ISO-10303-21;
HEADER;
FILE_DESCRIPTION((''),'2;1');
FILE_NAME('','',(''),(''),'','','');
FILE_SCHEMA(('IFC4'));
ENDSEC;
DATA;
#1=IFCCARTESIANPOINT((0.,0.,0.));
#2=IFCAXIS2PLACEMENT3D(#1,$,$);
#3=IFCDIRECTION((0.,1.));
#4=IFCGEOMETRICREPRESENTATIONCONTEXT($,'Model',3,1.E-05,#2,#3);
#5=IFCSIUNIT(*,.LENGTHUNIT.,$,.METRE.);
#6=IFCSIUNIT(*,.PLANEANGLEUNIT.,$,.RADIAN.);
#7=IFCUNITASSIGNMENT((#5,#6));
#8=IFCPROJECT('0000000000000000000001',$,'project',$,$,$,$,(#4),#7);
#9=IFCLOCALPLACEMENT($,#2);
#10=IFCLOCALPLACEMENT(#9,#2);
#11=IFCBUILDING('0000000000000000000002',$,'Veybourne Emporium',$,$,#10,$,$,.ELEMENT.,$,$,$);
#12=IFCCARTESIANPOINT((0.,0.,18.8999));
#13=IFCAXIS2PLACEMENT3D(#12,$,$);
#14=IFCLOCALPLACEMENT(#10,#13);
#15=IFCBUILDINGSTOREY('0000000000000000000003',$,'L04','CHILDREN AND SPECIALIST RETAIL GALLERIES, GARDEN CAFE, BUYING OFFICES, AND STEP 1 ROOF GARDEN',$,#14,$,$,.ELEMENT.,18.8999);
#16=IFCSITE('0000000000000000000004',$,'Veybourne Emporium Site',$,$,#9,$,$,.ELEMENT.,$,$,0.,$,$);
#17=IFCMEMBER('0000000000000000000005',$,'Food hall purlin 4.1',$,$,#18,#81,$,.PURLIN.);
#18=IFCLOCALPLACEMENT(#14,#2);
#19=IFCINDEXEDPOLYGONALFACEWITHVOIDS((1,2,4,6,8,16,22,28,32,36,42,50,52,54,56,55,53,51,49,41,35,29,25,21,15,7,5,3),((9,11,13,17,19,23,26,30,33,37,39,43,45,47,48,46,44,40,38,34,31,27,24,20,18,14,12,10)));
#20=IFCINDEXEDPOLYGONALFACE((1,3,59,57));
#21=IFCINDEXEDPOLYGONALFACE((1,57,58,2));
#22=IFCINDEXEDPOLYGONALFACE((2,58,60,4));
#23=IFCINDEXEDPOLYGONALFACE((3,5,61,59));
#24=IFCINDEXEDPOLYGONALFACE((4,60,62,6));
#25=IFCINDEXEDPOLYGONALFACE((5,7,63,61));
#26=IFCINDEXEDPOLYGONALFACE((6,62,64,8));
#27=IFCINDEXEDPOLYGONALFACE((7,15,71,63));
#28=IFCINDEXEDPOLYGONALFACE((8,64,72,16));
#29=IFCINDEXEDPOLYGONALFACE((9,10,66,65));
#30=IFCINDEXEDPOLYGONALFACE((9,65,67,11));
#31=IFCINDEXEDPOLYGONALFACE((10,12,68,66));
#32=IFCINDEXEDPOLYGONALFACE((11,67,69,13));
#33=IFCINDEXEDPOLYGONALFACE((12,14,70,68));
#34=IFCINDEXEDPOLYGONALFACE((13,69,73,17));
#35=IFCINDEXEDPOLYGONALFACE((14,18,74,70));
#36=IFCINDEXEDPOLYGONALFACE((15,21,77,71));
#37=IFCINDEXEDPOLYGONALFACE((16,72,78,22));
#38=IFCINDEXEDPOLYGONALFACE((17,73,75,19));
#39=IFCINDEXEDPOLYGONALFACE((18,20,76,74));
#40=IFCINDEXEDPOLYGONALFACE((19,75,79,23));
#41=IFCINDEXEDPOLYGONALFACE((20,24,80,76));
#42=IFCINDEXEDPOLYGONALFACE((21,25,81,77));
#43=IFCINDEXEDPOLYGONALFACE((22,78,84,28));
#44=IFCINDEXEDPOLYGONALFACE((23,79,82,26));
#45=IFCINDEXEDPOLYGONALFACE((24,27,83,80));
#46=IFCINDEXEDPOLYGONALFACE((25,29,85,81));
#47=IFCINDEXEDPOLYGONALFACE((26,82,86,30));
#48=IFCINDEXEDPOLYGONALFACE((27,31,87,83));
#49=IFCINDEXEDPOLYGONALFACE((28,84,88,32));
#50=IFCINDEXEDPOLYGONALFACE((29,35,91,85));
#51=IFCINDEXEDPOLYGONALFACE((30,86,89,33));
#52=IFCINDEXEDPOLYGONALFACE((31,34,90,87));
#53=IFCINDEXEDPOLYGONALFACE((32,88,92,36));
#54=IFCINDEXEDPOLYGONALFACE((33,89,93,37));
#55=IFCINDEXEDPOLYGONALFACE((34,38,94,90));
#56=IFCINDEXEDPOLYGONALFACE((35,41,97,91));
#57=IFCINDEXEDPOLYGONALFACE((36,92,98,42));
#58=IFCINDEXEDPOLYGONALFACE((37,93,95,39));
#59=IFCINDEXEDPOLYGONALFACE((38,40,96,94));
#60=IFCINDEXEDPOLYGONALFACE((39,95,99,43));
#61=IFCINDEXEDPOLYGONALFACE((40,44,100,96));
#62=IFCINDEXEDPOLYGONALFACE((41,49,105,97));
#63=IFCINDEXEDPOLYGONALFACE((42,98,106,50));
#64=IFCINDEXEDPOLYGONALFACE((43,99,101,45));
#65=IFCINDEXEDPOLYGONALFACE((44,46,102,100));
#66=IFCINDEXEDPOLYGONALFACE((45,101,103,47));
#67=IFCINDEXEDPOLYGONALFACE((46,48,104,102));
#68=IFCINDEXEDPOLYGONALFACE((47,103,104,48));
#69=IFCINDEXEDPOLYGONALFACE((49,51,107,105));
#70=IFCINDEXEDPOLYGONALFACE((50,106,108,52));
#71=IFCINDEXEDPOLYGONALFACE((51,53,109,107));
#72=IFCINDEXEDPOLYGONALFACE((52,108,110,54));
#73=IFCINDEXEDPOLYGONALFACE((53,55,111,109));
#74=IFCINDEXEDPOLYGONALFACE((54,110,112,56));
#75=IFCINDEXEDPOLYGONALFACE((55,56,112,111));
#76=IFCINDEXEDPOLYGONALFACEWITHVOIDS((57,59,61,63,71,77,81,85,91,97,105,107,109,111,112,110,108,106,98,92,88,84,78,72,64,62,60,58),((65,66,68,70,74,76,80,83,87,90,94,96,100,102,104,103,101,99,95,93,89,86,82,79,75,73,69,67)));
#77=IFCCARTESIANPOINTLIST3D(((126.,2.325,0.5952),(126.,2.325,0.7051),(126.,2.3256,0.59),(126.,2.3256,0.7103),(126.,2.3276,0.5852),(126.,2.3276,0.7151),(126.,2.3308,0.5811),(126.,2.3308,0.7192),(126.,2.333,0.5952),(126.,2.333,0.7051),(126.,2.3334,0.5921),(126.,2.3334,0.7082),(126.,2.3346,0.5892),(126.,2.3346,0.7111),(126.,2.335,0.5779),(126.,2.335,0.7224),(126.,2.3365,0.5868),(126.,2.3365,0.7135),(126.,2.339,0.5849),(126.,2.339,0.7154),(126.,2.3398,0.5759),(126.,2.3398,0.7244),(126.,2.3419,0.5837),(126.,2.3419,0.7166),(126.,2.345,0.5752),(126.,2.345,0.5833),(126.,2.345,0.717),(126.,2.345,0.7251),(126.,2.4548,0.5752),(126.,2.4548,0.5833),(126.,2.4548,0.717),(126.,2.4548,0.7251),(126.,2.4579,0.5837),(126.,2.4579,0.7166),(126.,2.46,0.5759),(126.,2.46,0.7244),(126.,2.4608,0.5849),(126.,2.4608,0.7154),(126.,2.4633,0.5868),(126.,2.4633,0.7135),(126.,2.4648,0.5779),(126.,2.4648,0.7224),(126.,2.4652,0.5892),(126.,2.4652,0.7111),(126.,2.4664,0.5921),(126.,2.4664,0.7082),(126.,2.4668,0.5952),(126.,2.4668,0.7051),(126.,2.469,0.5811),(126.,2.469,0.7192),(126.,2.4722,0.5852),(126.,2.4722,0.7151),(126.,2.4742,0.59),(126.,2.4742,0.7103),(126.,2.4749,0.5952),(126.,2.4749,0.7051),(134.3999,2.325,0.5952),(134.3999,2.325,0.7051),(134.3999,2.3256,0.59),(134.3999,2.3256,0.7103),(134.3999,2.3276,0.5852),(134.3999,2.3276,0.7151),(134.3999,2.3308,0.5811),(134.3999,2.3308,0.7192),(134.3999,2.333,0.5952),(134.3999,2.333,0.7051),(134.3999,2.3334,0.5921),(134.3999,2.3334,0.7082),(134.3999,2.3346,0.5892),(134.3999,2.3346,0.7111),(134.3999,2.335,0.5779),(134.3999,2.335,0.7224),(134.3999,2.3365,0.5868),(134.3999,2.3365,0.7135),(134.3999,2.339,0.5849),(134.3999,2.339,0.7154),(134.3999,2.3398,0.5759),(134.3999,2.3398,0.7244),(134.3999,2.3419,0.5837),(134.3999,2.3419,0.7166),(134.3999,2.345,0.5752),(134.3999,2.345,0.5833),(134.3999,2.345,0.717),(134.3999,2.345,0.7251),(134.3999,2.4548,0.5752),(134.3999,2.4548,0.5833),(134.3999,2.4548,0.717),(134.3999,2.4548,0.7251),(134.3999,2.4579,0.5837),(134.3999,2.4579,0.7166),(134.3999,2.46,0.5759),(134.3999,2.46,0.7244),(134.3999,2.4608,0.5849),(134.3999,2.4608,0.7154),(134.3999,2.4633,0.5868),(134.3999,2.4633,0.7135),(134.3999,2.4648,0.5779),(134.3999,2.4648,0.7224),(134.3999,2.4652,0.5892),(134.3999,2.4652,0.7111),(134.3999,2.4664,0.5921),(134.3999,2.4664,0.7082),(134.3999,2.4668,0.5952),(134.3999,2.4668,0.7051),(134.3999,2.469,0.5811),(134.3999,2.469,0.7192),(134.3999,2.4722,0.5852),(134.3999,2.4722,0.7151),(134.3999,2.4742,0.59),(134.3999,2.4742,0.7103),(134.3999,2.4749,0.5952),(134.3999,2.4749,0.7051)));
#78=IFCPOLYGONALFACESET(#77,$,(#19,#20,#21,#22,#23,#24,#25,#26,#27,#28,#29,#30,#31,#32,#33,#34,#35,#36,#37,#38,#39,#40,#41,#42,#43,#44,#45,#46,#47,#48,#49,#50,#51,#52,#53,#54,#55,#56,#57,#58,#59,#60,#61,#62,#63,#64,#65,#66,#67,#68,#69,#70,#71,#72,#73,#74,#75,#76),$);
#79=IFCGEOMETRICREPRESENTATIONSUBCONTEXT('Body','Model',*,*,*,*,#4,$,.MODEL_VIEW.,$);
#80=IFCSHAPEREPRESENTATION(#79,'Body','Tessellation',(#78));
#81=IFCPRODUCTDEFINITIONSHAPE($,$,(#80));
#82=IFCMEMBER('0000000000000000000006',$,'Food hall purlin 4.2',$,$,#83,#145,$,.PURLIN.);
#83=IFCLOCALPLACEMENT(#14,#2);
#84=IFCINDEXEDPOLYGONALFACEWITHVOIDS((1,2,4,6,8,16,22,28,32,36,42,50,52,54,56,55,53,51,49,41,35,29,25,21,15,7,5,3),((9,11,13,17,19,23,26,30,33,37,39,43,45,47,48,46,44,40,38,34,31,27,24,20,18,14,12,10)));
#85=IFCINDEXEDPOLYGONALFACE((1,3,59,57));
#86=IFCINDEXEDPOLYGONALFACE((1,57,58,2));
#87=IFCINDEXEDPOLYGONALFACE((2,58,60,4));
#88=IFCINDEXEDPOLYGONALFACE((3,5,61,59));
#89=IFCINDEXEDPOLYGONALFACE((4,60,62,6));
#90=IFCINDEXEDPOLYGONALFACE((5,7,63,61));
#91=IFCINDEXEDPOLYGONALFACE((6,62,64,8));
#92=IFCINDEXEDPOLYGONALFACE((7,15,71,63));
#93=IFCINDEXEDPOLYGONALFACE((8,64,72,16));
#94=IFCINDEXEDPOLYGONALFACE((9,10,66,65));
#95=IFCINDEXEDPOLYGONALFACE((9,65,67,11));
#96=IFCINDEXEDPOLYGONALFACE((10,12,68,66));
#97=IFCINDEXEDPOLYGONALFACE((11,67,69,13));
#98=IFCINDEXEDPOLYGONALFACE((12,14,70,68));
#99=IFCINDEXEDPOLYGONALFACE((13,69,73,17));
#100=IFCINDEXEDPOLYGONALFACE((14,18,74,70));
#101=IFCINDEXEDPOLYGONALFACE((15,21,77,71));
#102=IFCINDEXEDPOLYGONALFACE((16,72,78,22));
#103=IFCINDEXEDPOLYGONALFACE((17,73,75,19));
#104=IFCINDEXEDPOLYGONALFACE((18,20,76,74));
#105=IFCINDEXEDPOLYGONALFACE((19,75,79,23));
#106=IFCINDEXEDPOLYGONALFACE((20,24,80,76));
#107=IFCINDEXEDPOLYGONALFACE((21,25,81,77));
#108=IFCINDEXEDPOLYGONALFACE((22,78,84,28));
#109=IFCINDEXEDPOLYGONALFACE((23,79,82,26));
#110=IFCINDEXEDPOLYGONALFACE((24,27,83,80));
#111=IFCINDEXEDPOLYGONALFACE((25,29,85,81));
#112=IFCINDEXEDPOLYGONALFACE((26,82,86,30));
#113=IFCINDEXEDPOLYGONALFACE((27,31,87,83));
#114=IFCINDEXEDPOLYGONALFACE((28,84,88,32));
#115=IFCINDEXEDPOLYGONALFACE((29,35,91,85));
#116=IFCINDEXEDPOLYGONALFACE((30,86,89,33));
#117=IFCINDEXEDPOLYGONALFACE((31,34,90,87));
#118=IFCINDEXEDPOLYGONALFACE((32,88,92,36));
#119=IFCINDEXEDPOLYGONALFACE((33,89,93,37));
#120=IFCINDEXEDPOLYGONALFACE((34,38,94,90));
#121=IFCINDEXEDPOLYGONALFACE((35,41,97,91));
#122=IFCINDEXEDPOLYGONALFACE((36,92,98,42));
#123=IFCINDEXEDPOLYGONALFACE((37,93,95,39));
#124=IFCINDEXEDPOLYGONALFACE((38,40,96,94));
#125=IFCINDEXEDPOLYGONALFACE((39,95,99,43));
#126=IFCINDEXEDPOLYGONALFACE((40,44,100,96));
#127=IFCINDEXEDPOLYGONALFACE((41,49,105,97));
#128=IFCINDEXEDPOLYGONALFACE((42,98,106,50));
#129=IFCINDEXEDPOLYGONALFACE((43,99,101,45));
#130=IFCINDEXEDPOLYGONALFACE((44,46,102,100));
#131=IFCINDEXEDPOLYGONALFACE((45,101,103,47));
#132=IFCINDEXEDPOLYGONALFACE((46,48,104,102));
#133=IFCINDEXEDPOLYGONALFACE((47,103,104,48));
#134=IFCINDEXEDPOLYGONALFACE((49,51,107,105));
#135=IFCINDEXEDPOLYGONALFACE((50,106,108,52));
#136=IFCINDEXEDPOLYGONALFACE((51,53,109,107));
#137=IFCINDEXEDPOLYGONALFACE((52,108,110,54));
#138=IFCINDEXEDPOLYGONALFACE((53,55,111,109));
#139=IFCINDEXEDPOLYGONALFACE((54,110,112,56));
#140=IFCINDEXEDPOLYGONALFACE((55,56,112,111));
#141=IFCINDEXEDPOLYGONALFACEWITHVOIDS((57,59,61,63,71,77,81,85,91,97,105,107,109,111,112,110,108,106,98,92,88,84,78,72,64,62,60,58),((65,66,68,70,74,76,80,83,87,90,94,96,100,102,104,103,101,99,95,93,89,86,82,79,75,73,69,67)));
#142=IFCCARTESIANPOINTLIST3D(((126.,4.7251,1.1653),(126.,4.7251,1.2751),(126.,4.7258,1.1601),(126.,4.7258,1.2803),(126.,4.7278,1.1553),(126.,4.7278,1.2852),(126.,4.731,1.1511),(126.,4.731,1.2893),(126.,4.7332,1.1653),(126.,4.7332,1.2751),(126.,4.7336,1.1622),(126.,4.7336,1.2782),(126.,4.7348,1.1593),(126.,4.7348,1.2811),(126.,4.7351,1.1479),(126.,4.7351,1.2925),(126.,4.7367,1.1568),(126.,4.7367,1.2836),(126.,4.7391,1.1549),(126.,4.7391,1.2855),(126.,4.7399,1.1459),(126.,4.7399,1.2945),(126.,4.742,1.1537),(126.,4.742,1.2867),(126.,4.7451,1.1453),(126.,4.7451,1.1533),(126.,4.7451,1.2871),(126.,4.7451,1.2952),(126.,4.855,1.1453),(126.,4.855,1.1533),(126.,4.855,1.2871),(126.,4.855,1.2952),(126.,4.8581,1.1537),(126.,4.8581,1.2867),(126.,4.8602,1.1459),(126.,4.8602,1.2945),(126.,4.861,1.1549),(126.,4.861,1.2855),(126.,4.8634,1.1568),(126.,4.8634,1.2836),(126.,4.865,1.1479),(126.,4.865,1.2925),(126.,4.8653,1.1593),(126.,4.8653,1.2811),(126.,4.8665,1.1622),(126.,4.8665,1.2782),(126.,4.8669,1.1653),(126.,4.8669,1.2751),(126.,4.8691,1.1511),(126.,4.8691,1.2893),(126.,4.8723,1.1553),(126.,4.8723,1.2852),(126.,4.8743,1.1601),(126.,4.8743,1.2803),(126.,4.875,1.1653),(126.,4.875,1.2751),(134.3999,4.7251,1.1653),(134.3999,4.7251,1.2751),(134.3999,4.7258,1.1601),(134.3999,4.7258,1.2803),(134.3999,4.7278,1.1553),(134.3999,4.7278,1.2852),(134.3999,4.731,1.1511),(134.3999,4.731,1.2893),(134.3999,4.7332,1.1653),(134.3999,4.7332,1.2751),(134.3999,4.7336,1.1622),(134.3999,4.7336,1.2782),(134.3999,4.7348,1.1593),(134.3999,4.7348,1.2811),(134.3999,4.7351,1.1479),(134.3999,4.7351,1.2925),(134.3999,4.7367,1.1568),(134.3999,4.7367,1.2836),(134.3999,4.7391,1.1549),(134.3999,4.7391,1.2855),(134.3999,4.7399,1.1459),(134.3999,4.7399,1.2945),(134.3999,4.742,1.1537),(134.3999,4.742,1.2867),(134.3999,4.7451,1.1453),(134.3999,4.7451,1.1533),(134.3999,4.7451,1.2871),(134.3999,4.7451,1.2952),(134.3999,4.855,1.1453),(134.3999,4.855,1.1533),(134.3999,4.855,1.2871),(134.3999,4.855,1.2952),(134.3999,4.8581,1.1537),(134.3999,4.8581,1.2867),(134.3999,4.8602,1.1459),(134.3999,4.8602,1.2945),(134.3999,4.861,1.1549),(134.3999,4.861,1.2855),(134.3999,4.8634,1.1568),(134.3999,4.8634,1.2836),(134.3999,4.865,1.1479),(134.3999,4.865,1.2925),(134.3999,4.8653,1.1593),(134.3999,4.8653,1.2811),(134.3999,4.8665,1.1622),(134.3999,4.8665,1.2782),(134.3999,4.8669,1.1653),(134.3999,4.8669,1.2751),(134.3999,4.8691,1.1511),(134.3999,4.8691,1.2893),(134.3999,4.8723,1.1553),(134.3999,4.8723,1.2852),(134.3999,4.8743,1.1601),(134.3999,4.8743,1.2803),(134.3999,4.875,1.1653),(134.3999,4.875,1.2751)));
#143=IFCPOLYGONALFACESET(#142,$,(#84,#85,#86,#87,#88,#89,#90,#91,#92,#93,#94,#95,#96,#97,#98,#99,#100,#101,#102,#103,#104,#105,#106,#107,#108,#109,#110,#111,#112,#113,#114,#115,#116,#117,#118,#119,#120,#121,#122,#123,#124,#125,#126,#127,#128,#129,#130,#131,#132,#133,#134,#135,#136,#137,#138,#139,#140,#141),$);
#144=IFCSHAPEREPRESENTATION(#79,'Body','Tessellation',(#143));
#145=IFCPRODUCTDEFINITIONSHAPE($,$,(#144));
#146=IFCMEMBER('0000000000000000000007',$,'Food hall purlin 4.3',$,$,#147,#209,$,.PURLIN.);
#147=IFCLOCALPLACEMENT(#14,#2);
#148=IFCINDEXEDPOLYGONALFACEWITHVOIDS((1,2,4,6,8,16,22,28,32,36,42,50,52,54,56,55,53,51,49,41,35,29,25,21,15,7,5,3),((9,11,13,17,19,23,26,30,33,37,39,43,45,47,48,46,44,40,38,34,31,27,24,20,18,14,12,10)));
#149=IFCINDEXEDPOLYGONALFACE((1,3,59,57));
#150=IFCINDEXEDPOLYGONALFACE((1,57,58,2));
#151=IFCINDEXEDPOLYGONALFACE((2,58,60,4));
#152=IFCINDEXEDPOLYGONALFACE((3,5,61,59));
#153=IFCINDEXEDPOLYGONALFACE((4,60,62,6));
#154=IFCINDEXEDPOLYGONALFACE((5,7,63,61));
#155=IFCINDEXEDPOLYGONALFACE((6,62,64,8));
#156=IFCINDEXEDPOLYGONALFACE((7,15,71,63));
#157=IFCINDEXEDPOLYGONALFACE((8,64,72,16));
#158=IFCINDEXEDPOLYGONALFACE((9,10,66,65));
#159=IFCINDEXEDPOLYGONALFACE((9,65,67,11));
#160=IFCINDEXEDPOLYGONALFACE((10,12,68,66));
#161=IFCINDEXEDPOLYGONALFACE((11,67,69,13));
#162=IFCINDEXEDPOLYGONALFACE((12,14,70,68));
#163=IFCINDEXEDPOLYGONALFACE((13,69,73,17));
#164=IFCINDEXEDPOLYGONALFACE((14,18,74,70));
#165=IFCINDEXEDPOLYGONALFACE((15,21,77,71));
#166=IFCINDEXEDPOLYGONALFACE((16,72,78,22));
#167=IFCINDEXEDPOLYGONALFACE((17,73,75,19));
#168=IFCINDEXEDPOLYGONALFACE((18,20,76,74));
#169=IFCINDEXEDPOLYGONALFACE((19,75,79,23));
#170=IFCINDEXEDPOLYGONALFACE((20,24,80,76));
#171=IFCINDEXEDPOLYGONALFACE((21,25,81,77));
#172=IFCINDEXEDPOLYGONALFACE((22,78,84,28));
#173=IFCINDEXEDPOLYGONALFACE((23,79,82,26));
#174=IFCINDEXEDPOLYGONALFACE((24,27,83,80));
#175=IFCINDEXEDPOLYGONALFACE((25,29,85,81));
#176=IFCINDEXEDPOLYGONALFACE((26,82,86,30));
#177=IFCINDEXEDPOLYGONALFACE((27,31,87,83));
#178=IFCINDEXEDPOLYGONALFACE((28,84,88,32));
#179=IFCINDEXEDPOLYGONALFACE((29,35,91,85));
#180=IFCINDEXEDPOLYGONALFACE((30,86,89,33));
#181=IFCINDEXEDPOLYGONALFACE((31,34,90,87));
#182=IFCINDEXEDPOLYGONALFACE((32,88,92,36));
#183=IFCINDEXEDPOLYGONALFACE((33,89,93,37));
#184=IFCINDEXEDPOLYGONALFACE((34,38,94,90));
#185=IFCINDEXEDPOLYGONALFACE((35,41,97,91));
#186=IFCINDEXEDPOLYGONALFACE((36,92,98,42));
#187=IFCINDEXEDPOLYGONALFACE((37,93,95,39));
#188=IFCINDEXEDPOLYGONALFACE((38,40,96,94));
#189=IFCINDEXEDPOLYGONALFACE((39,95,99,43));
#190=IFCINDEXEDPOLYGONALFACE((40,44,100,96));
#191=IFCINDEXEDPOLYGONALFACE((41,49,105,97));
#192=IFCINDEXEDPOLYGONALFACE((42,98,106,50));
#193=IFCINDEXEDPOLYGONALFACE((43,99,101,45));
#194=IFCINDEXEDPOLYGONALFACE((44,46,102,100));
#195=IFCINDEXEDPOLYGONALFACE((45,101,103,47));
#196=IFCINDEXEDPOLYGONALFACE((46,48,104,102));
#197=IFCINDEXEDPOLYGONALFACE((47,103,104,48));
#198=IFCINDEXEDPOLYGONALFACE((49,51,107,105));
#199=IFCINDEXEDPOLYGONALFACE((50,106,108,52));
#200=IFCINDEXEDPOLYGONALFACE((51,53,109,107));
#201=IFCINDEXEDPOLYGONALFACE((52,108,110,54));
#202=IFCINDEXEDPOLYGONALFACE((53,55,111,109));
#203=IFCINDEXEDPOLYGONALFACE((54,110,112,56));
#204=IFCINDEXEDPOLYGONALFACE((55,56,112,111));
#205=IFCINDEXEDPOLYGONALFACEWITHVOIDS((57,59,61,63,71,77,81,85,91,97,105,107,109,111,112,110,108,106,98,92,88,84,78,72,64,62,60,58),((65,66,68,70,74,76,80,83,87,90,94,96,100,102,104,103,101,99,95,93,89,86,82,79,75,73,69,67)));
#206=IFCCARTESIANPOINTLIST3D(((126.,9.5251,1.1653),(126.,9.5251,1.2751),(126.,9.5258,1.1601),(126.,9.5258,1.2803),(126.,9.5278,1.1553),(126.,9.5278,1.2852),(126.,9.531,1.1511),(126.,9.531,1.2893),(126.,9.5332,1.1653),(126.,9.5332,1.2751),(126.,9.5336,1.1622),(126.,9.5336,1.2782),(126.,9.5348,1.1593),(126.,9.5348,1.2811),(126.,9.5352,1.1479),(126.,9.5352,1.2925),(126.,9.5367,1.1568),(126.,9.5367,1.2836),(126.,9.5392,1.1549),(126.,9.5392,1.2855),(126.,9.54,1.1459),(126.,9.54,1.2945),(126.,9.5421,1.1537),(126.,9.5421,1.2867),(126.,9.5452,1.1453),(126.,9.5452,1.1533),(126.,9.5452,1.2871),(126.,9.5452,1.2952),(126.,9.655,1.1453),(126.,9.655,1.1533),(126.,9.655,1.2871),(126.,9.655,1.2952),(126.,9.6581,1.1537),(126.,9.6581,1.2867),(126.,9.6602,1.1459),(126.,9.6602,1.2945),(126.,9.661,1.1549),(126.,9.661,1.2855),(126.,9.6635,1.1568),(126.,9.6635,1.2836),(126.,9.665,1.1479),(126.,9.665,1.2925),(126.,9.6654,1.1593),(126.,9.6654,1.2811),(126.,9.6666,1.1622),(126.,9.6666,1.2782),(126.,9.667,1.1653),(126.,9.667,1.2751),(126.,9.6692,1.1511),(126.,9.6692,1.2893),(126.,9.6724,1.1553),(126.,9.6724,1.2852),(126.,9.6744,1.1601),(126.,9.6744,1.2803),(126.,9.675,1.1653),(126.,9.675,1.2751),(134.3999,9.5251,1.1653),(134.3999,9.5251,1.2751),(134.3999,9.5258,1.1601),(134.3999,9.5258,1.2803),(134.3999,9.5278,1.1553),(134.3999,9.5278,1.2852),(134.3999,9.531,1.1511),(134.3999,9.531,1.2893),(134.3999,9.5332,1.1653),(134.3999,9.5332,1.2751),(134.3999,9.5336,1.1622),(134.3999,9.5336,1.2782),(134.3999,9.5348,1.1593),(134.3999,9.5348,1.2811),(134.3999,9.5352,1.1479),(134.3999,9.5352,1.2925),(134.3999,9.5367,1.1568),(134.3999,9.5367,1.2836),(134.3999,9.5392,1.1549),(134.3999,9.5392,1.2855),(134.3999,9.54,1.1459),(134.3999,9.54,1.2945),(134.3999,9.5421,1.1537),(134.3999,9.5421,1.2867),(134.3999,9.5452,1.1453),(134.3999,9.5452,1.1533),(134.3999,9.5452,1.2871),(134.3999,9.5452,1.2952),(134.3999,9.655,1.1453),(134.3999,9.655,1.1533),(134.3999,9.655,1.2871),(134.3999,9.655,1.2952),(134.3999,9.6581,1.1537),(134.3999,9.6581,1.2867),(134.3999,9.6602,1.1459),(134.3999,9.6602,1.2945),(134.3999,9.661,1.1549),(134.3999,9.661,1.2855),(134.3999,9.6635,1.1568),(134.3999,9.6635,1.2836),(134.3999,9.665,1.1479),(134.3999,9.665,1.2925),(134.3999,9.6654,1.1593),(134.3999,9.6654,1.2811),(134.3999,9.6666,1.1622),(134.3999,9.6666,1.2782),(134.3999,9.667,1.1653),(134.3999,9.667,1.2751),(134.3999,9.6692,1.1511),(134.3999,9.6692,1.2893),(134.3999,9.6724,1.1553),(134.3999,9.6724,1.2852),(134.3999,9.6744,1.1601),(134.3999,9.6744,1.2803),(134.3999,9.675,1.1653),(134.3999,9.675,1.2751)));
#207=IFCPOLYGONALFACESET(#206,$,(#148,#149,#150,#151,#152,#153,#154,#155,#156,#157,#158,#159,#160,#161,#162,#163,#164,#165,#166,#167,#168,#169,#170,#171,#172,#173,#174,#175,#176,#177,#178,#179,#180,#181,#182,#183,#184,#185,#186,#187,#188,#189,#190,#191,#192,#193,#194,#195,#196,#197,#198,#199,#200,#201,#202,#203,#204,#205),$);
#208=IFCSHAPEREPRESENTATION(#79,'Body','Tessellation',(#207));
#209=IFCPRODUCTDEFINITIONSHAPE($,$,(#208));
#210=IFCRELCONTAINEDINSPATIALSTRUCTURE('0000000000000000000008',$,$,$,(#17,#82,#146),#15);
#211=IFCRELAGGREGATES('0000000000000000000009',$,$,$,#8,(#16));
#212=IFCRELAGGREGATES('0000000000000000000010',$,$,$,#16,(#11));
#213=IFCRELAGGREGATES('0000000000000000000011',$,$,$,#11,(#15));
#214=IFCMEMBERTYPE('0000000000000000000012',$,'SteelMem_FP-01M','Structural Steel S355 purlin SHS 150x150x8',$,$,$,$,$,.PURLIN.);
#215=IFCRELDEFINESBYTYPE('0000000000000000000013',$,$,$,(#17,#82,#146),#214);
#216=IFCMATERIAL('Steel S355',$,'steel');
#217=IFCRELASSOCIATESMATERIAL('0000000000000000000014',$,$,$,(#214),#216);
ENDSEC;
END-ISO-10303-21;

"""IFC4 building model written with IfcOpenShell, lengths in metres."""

from ifc_helpers import new_model, si_unit, direction, frame, origin, origin_2d, place, context, subcontext, project, spatial, hollow_rectangle, extrude, material, material_profile, profile_set, type_object, element, save


model = new_model("IFC4")

# Units and contexts
model_context = context("Model", 3, precision=1e-05, world=origin(), true_north=direction((0.0, 1.0)))
body_context = subcontext(model_context, "Body", "Model", "MODEL_VIEW")
ifc_project = project(units=[si_unit("LENGTHUNIT", "METRE"), si_unit("PLANEANGLEUNIT", "RADIAN")], contexts=[model_context])

# Site, building, storey
site_placement = place(None, origin())
site = spatial("IfcSite", under=ifc_project, at=site_placement, Name="Veybourne Emporium Site", CompositionType="ELEMENT", RefElevation=0.0)
building_placement = place(site_placement, origin())
building = spatial("IfcBuilding", under=site, at=building_placement, Name="Veybourne Emporium", CompositionType="ELEMENT")
storey_placement = place(building_placement, frame((0.0, 0.0, 18.8999)))
storey = spatial("IfcBuildingStorey", under=building, at=storey_placement, Name="L04", Description="CHILDREN AND SPECIALIST RETAIL GALLERIES, GARDEN CAFE, BUYING OFFICES, AND STEP 1 ROOF GARDEN", CompositionType="ELEMENT", Elevation=18.8999)

# Shared definitions
ifc_material_1 = material(Name="Steel S355", Category="steel")

# Members
ifc_material_profile_1 = material_profile(ifc_material_1, hollow_rectangle(XDim=0.1499, YDim=0.1499, WallThickness=0.0081, InnerFilletRadius=0.012, OuterFilletRadius=0.02, at=origin_2d()), Name="SHS 150x150x8")
ifc_profile_set_1 = profile_set([ifc_material_profile_1], Name="Steel S355")
member_type_1 = type_object("IfcMemberType", Name="SteelMem_FP-01M", Description="Structural Steel S355 purlin SHS 150x150x8", PredefinedType="PURLIN", material=ifc_profile_set_1)
for number, where, z_axis, x_axis, name in (
    (1, (126.0, 2.3999, 0.6501), (1.0, 0.0, 0.0), (0.0, 1.0, 0.0), "Food hall purlin 4.1"),
    (2, (126.0, 4.8, 1.2202), (1.0, 0.0, 0.0), (0.0, 1.0, 0.0), "Food hall purlin 4.2"),
    (3, (126.0, 9.6001, 1.2202), (1.0, 0.0, 0.0), (0.0, 1.0, 0.0), "Food hall purlin 4.3"),
):
    element("IfcMember", number, at=place(storey_placement, frame(where, z_axis=z_axis, x_axis=x_axis)), inside=storey, type_object=member_type_1, Name=name, PredefinedType="PURLIN", context=body_context, shape_type="SweptSolid", body=[
        extrude(hollow_rectangle(XDim=0.1499, YDim=0.1499, WallThickness=0.0081, InnerFilletRadius=0.012, OuterFilletRadius=0.02, at=origin_2d()), origin(), (0.0, 0.0, 1.0), 8.3999),
    ])

save(model, "model.ifc")
